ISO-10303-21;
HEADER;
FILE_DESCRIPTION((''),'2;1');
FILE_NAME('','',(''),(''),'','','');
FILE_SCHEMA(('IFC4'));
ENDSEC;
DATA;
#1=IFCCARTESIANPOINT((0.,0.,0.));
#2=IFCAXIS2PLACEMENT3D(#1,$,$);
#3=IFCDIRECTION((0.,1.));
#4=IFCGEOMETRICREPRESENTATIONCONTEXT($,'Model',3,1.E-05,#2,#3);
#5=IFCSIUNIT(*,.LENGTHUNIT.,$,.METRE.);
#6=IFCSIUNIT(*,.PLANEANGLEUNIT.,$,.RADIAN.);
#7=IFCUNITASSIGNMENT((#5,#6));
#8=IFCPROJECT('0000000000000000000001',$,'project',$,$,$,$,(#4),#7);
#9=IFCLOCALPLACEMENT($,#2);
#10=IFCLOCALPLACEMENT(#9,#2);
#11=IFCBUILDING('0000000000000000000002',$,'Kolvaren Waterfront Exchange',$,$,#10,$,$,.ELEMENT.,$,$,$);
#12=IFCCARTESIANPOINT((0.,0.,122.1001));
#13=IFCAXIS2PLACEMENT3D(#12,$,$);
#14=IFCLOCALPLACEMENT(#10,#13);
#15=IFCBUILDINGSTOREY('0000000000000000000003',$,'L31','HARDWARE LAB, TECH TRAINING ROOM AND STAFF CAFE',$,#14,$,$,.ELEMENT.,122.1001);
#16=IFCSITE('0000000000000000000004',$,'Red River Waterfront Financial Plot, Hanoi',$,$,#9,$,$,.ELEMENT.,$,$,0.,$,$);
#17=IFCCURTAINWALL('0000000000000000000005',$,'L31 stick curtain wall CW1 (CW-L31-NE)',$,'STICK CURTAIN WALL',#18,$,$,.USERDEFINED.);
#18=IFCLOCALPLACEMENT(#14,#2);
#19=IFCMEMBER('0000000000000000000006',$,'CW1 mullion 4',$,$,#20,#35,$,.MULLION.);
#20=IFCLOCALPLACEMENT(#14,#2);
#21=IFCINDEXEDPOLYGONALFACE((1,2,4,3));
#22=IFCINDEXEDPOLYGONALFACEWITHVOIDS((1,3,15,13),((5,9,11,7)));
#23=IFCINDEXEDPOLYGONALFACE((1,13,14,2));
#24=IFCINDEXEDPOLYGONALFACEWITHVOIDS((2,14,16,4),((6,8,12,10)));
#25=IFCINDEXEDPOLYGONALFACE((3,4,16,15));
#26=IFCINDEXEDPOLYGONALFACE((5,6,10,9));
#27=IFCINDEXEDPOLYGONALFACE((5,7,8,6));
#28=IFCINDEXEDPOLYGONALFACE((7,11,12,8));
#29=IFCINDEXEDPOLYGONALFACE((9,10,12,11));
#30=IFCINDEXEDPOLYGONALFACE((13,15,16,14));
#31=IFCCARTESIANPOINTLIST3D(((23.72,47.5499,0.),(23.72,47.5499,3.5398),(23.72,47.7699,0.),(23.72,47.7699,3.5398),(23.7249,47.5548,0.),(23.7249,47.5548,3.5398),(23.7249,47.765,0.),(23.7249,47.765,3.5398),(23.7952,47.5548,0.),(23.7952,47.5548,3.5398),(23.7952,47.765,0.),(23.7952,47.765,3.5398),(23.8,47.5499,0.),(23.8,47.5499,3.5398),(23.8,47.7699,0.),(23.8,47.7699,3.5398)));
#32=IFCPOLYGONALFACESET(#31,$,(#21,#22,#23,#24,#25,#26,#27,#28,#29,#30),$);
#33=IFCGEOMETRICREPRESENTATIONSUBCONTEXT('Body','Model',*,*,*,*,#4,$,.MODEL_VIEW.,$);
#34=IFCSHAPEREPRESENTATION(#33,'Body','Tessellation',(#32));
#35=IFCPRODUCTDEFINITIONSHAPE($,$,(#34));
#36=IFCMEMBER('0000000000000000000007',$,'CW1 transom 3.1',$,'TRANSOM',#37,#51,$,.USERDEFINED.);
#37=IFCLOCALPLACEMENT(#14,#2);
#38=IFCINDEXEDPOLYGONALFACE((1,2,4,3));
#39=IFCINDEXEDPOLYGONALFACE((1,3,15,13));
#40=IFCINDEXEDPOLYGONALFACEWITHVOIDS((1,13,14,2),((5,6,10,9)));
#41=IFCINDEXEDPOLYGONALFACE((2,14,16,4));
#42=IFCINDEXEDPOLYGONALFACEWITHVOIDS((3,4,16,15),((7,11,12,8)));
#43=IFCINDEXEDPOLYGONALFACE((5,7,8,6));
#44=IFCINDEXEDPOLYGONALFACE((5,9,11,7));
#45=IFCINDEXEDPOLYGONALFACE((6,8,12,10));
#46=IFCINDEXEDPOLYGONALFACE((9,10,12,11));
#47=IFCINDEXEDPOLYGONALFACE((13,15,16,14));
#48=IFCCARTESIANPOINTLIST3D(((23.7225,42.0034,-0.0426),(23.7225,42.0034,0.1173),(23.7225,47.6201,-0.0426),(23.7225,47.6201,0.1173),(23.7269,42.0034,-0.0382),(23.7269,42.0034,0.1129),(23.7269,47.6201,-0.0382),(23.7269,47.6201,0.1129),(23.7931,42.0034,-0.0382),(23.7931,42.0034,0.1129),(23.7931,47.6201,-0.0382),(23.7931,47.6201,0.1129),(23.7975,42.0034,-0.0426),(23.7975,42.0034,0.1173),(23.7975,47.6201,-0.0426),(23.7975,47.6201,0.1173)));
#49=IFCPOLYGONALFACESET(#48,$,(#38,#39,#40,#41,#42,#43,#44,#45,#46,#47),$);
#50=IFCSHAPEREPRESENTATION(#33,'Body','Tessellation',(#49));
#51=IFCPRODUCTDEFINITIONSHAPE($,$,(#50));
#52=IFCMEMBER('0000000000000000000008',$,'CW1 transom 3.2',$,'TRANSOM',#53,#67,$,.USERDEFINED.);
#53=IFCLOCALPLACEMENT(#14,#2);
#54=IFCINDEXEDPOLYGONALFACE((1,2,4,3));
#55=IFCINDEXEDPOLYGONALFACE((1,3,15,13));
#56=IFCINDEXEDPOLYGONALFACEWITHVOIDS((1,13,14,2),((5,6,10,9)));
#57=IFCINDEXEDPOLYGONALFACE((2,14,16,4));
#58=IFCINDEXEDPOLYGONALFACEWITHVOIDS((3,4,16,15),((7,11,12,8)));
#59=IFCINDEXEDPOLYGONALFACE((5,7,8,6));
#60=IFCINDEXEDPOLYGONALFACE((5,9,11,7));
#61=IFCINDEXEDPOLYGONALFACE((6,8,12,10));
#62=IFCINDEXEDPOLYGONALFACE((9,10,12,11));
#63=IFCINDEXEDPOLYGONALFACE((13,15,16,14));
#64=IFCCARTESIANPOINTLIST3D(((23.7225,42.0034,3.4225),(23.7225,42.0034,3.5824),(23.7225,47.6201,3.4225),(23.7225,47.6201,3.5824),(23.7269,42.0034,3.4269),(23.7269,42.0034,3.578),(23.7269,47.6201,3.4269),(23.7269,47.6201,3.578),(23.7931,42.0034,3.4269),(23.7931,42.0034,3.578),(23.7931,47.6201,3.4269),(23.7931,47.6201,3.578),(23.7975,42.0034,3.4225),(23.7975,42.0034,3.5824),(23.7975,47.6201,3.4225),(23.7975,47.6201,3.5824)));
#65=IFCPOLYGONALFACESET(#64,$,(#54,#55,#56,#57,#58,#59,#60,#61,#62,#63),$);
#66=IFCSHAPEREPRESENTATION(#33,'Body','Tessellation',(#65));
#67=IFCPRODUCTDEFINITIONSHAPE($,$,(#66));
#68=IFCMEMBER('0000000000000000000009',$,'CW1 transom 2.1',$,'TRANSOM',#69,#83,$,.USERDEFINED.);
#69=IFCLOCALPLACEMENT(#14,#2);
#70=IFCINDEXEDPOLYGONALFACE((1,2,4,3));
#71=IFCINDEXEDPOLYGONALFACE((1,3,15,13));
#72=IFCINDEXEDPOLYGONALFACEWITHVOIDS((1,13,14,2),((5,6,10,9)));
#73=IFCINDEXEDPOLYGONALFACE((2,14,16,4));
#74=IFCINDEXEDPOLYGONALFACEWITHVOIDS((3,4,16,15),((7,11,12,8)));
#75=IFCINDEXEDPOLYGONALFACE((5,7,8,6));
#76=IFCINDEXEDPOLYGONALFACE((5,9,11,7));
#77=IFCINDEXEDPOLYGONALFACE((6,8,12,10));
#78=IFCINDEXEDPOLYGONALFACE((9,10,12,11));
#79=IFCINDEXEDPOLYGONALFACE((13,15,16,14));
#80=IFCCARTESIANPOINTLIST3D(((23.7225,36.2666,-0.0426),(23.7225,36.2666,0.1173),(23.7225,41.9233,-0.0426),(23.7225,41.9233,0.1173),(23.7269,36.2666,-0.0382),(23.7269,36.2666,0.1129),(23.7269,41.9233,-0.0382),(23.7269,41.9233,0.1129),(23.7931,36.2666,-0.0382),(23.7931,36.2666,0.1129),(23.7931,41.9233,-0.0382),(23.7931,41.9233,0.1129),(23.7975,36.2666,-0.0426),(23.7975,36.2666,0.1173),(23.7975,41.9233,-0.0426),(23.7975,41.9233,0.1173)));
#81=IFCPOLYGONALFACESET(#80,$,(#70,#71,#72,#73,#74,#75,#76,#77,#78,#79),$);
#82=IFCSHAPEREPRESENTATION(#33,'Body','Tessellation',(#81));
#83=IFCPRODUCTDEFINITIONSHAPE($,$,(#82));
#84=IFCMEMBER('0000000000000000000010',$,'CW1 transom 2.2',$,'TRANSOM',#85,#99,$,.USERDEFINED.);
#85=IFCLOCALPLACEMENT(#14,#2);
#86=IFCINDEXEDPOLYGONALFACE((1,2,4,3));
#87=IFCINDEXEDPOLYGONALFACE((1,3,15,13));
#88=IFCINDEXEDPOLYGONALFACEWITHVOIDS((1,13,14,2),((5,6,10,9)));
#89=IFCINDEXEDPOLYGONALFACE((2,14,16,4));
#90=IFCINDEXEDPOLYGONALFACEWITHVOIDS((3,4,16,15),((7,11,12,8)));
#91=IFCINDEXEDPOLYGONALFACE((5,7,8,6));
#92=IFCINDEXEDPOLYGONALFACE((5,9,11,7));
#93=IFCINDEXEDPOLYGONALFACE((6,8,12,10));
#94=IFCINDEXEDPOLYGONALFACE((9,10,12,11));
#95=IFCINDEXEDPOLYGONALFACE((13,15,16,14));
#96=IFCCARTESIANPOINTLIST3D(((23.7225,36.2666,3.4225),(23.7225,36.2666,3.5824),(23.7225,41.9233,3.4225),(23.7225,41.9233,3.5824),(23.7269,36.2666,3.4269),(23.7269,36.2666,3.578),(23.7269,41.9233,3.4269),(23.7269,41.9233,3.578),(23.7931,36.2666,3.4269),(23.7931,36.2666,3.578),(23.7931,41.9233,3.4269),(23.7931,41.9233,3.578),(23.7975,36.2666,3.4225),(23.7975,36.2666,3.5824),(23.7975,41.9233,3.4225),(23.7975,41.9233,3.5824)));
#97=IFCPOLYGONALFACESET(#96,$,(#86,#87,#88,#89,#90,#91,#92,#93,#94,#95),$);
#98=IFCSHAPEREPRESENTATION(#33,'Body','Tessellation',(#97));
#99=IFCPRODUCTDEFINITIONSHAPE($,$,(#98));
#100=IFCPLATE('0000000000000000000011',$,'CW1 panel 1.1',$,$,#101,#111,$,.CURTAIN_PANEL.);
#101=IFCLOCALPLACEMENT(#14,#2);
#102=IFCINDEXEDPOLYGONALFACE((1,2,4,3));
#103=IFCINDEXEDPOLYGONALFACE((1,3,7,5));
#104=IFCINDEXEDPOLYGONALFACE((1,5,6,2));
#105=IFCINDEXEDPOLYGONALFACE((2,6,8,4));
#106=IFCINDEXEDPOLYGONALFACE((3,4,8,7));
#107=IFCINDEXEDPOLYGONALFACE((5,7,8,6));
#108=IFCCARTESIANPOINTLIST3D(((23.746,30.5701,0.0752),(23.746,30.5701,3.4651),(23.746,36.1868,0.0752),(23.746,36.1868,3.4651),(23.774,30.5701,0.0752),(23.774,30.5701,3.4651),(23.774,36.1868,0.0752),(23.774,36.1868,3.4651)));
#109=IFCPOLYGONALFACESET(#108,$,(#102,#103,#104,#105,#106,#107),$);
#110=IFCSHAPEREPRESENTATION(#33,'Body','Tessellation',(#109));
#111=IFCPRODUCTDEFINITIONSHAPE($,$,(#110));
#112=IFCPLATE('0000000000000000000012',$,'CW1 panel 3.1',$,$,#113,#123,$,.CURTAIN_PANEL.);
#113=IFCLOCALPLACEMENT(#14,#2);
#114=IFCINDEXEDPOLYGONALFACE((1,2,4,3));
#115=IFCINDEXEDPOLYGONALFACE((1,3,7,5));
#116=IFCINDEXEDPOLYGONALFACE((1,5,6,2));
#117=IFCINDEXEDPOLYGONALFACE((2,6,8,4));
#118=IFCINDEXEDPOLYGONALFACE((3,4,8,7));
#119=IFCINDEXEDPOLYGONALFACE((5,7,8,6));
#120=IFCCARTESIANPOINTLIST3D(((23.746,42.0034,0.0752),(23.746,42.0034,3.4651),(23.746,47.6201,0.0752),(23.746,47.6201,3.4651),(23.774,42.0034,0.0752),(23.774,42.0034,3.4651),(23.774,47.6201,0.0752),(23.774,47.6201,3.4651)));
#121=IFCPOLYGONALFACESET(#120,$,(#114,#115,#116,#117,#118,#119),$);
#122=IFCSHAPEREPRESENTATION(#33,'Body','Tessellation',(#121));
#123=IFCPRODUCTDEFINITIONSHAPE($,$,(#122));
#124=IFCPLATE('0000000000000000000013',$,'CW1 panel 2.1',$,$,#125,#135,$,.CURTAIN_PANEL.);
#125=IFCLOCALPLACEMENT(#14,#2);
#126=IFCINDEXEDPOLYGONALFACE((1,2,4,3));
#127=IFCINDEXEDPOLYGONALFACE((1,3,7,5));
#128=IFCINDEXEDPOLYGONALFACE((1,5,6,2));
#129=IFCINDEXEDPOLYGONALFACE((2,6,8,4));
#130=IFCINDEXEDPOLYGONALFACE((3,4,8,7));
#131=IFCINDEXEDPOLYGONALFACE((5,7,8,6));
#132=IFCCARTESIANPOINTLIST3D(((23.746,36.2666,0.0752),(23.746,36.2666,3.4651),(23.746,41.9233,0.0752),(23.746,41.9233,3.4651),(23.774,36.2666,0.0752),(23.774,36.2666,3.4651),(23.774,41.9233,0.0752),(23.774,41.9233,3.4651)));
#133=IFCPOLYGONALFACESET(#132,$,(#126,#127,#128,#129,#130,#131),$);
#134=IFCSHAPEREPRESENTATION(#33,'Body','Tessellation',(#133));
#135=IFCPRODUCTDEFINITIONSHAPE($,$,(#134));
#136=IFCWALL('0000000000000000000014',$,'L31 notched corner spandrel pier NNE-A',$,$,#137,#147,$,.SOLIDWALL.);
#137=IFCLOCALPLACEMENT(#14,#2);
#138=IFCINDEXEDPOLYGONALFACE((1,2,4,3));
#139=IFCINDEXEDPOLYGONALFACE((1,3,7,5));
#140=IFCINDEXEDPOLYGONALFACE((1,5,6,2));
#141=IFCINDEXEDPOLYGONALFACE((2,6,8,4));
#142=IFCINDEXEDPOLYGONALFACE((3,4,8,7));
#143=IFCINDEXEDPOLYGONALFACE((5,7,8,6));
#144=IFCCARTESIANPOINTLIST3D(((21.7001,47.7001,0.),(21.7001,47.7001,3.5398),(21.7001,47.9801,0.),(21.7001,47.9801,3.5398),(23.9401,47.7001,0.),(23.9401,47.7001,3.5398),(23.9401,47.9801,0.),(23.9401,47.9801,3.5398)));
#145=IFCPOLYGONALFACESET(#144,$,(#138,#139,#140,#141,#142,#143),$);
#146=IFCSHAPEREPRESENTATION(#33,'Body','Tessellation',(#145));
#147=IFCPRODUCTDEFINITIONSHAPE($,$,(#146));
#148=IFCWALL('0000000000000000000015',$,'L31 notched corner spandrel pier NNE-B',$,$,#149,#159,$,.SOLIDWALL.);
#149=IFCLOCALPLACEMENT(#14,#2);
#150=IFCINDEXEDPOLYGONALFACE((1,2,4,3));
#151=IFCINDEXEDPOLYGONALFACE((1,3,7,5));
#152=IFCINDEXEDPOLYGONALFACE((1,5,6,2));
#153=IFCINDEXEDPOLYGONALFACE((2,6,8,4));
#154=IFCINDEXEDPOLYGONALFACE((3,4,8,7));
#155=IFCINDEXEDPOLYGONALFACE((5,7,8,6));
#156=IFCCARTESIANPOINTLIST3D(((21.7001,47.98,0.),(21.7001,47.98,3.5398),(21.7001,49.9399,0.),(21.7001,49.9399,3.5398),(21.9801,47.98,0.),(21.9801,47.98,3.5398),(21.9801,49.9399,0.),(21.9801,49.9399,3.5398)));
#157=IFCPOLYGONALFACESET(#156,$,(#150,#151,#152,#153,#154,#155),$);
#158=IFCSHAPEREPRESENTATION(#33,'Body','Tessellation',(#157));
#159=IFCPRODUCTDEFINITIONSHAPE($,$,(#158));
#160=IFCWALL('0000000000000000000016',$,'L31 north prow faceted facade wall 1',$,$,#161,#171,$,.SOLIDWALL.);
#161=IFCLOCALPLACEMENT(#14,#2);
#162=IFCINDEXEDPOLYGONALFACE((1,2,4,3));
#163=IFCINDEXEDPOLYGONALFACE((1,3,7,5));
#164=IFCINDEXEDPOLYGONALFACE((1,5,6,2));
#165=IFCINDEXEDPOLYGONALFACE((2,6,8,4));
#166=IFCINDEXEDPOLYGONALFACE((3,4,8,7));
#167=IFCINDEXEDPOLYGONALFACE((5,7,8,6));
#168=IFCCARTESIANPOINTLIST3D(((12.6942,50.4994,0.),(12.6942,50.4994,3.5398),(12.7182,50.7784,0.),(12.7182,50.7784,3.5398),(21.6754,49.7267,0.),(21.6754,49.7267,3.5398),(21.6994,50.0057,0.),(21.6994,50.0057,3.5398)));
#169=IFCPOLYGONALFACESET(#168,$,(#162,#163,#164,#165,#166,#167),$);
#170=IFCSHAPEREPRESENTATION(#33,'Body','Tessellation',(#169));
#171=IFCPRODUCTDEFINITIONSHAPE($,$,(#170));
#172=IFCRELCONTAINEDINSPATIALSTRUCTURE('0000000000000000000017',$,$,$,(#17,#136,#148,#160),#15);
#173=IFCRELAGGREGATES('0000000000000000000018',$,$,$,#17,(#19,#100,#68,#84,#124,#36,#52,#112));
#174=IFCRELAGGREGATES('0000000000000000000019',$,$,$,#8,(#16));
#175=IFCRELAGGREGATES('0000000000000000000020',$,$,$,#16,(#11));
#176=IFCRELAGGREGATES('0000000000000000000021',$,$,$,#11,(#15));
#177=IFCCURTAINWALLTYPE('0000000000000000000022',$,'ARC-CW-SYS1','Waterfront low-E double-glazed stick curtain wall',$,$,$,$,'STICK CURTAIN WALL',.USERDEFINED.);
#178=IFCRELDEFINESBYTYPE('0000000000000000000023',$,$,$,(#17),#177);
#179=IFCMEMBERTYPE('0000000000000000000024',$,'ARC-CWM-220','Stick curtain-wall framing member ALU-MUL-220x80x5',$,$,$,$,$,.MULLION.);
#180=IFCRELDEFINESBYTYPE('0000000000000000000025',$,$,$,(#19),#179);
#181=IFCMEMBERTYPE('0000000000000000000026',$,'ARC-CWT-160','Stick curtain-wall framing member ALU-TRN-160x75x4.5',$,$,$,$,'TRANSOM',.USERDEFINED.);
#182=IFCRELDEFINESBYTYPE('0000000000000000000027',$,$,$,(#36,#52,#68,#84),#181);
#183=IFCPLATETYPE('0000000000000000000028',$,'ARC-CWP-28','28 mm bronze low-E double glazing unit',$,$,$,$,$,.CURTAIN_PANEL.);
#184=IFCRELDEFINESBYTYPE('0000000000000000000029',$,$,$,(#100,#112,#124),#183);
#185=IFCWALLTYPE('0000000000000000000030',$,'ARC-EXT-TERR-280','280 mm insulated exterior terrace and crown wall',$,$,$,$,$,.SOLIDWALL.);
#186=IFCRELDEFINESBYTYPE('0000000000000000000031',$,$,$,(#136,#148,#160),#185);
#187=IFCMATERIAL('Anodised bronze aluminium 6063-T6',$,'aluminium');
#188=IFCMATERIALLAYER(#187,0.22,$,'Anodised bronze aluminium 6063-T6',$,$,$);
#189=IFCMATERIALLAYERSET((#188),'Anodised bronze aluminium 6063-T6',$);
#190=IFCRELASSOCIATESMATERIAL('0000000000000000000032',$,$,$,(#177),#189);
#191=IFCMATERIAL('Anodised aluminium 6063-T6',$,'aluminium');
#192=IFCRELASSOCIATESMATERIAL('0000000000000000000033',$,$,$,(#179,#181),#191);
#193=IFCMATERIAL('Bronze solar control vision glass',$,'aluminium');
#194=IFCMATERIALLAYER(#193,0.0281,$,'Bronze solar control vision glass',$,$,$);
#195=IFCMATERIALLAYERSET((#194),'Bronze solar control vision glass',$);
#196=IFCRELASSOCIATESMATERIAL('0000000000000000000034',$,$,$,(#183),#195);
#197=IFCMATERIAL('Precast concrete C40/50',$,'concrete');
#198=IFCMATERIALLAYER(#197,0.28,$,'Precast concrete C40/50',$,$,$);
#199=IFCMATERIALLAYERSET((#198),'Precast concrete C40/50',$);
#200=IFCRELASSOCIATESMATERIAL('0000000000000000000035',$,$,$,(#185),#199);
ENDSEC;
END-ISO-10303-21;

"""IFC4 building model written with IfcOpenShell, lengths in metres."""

from ifc_helpers import new_model, si_unit, direction, frame, frame_2d, origin, origin_with_axes, origin_2d, place, context, subcontext, project, spatial, rectangle, hollow_rectangle, extrude, source, transform, mapped, material, layer, layer_set, material_profile, profile_set, type_object, element, aggregate, save


model = new_model("IFC4")

# Units and contexts
model_context = context("Model", 3, precision=1e-05, world=origin(), true_north=direction((0.0, 1.0)))
body_context = subcontext(model_context, "Body", "Model", "MODEL_VIEW")
ifc_project = project(units=[si_unit("LENGTHUNIT", "METRE"), si_unit("PLANEANGLEUNIT", "RADIAN")], contexts=[model_context])

# Site, building, storey
site_placement = place(None, origin())
site = spatial("IfcSite", under=ifc_project, at=site_placement, Name="Red River Waterfront Financial Plot, Hanoi", CompositionType="ELEMENT", RefElevation=0.0)
building_placement = place(site_placement, origin())
building = spatial("IfcBuilding", under=site, at=building_placement, Name="Kolvaren Waterfront Exchange", CompositionType="ELEMENT")
storey_placement = place(building_placement, frame((0.0, 0.0, 122.1001)))
storey = spatial("IfcBuildingStorey", under=building, at=storey_placement, Name="L31", Description="HARDWARE LAB, TECH TRAINING ROOM AND STAFF CAFE", CompositionType="ELEMENT", Elevation=122.1001)

# Curtain wall, members, plates
ifc_material_1 = material(Name="Anodised bronze aluminium 6063-T6", Category="aluminium")
ifc_layer_1 = layer(ifc_material_1, 0.22, Name="Anodised bronze aluminium 6063-T6")
ifc_layer_set_1 = layer_set([ifc_layer_1], Name="Anodised bronze aluminium 6063-T6")
curtain_wall_type = type_object("IfcCurtainWallType", Name="ARC-CW-SYS1", Description="Waterfront low-E double-glazed stick curtain wall", ElementType="STICK CURTAIN WALL", PredefinedType="USERDEFINED", material=ifc_layer_set_1)
curtain_wall_placement = place(storey_placement, origin())
curtain_wall = element("IfcCurtainWall", 1, at=curtain_wall_placement, inside=storey, type_object=curtain_wall_type, Name="L31 stick curtain wall CW1 (CW-L31-NE)", ObjectType="STICK CURTAIN WALL", PredefinedType="USERDEFINED")
ifc_material_2 = material(Name="Anodised aluminium 6063-T6", Category="aluminium")
ifc_material_profile_1 = material_profile(ifc_material_2, hollow_rectangle(XDim=0.0801, YDim=0.22, WallThickness=0.0049, at=origin_2d()), Name="ALU-MUL-220x80x5")
ifc_profile_set_1 = profile_set([ifc_material_profile_1], Name="Anodised aluminium 6063-T6")
member_type_1 = type_object("IfcMemberType", Name="ARC-CWM-220", Description="Stick curtain-wall framing member ALU-MUL-220x80x5", PredefinedType="MULLION", material=ifc_profile_set_1)
shared_shape_1 = source(origin_with_axes(), body_context, "Body", "SweptSolid", [
    extrude(hollow_rectangle(XDim=0.0801, YDim=0.22, WallThickness=0.0049, at=origin_2d()), origin(), (0.0, 0.0, 1.0), 3.5398),
])
member_1_placement = place(storey_placement, frame((23.76, 47.6599, 0.0), z_axis=(0.0, 0.0, 1.0), x_axis=(-1.0, 0.0, 0.0)))
member_1 = element("IfcMember", 2, at=member_1_placement, type_object=member_type_1, Name="CW1 mullion 4", PredefinedType="MULLION", context=body_context, shape_type="MappedRepresentation", body=[
    mapped(shared_shape_1, transform((0.0, 0.0, 0.0), x_axis=(1.0, 0.0, 0.0), y_axis=(0.0, 1.0, 0.0), z_axis=(0.0, 0.0, 1.0), scale=1.0)),
])
ifc_material_profile_2 = material_profile(ifc_material_2, hollow_rectangle(XDim=0.075, YDim=0.1599, WallThickness=0.0044, at=origin_2d()), Name="ALU-TRN-160x75x4.5")
ifc_profile_set_2 = profile_set([ifc_material_profile_2], Name="Anodised aluminium 6063-T6")
member_type_2 = type_object("IfcMemberType", Name="ARC-CWT-160", Description="Stick curtain-wall framing member ALU-TRN-160x75x4.5", ElementType="TRANSOM", PredefinedType="USERDEFINED", material=ifc_profile_set_2)
shared_shape_2 = source(origin_with_axes(), body_context, "Body", "SweptSolid", [
    extrude(hollow_rectangle(XDim=0.075, YDim=0.1599, WallThickness=0.0044, at=origin_2d()), origin(), (0.0, 0.0, 1.0), 5.6167),
])
member_2_placement = place(storey_placement, frame((23.76, 42.0034, 0.0374), z_axis=(0.0, 1.0, 0.0), x_axis=(-1.0, 0.0, 0.0)))
member_2 = element("IfcMember", 3, at=member_2_placement, type_object=member_type_2, Name="CW1 transom 3.1", ObjectType="TRANSOM", PredefinedType="USERDEFINED", context=body_context, shape_type="MappedRepresentation", body=[
    mapped(shared_shape_2, transform((0.0, 0.0, 0.0), x_axis=(1.0, 0.0, 0.0), y_axis=(0.0, 1.0, 0.0), z_axis=(0.0, 0.0, 1.0), scale=1.0)),
])
member_3_placement = place(storey_placement, frame((23.76, 42.0034, 3.5024), z_axis=(0.0, 1.0, 0.0), x_axis=(-1.0, 0.0, 0.0)))
member_3 = element("IfcMember", 4, at=member_3_placement, type_object=member_type_2, Name="CW1 transom 3.2", ObjectType="TRANSOM", PredefinedType="USERDEFINED", context=body_context, shape_type="MappedRepresentation", body=[
    mapped(shared_shape_2, transform((0.0, 0.0, 0.0), x_axis=(1.0, 0.0, 0.0), y_axis=(0.0, 1.0, 0.0), z_axis=(0.0, 0.0, 1.0), scale=1.0)),
])
shared_shape_3 = source(origin_with_axes(), body_context, "Body", "SweptSolid", [
    extrude(hollow_rectangle(XDim=0.075, YDim=0.1599, WallThickness=0.0044, at=origin_2d()), origin(), (0.0, 0.0, 1.0), 5.6567),
])
member_4_placement = place(storey_placement, frame((23.76, 36.2666, 0.0374), z_axis=(0.0, 1.0, 0.0), x_axis=(-1.0, 0.0, 0.0)))
member_4 = element("IfcMember", 5, at=member_4_placement, type_object=member_type_2, Name="CW1 transom 2.1", ObjectType="TRANSOM", PredefinedType="USERDEFINED", context=body_context, shape_type="MappedRepresentation", body=[
    mapped(shared_shape_3, transform((0.0, 0.0, 0.0), x_axis=(1.0, 0.0, 0.0), y_axis=(0.0, 1.0, 0.0), z_axis=(0.0, 0.0, 1.0), scale=1.0)),
])
member_5_placement = place(storey_placement, frame((23.76, 36.2666, 3.5024), z_axis=(0.0, 1.0, 0.0), x_axis=(-1.0, 0.0, 0.0)))
member_5 = element("IfcMember", 6, at=member_5_placement, type_object=member_type_2, Name="CW1 transom 2.2", ObjectType="TRANSOM", PredefinedType="USERDEFINED", context=body_context, shape_type="MappedRepresentation", body=[
    mapped(shared_shape_3, transform((0.0, 0.0, 0.0), x_axis=(1.0, 0.0, 0.0), y_axis=(0.0, 1.0, 0.0), z_axis=(0.0, 0.0, 1.0), scale=1.0)),
])
ifc_material_3 = material(Name="Bronze solar control vision glass", Category="aluminium")
ifc_layer_2 = layer(ifc_material_3, 0.0281, Name="Bronze solar control vision glass")
ifc_layer_set_2 = layer_set([ifc_layer_2], Name="Bronze solar control vision glass")
plate_type = type_object("IfcPlateType", Name="ARC-CWP-28", Description="28 mm bronze low-E double glazing unit", PredefinedType="CURTAIN_PANEL", material=ifc_layer_set_2)
shared_shape_4 = source(origin_with_axes(), body_context, "Body", "SweptSolid", [
    extrude(rectangle(XDim=5.6167, YDim=0.0281, at=origin_2d()), origin(), (0.0, 0.0, 1.0), 3.3899),
])
plate_1_placement = place(storey_placement, frame((23.76, 33.3784, 0.0752), z_axis=(0.0, 0.0, 1.0), x_axis=(0.0, 1.0, 0.0)))
plate_1 = element("IfcPlate", 7, at=plate_1_placement, type_object=plate_type, Name="CW1 panel 1.1", PredefinedType="CURTAIN_PANEL", context=body_context, shape_type="MappedRepresentation", body=[
    mapped(shared_shape_4, transform((0.0, 0.0, 0.0), x_axis=(1.0, 0.0, 0.0), y_axis=(0.0, 1.0, 0.0), z_axis=(0.0, 0.0, 1.0), scale=1.0)),
])
plate_2_placement = place(storey_placement, frame((23.76, 44.8118, 0.0752), z_axis=(0.0, 0.0, 1.0), x_axis=(0.0, 1.0, 0.0)))
plate_2 = element("IfcPlate", 8, at=plate_2_placement, type_object=plate_type, Name="CW1 panel 3.1", PredefinedType="CURTAIN_PANEL", context=body_context, shape_type="MappedRepresentation", body=[
    mapped(shared_shape_4, transform((0.0, 0.0, 0.0), x_axis=(1.0, 0.0, 0.0), y_axis=(0.0, 1.0, 0.0), z_axis=(0.0, 0.0, 1.0), scale=1.0)),
])
shared_shape_5 = source(origin_with_axes(), body_context, "Body", "SweptSolid", [
    extrude(rectangle(XDim=5.6567, YDim=0.0281, at=origin_2d()), origin(), (0.0, 0.0, 1.0), 3.3899),
])
plate_3_placement = place(storey_placement, frame((23.76, 39.095, 0.0752), z_axis=(0.0, 0.0, 1.0), x_axis=(0.0, 1.0, 0.0)))
plate_3 = element("IfcPlate", 9, at=plate_3_placement, type_object=plate_type, Name="CW1 panel 2.1", PredefinedType="CURTAIN_PANEL", context=body_context, shape_type="MappedRepresentation", body=[
    mapped(shared_shape_5, transform((0.0, 0.0, 0.0), x_axis=(1.0, 0.0, 0.0), y_axis=(0.0, 1.0, 0.0), z_axis=(0.0, 0.0, 1.0), scale=1.0)),
])
aggregate(curtain_wall, [member_1, plate_1, member_4, member_5, plate_3, member_2, member_3, plate_2])

# Walls
ifc_material_4 = material(Name="Precast concrete C40/50", Category="concrete")
ifc_layer_3 = layer(ifc_material_4, 0.28, Name="Precast concrete C40/50")
ifc_layer_set_3 = layer_set([ifc_layer_3], Name="Precast concrete C40/50")
wall_type = type_object("IfcWallType", Name="ARC-EXT-TERR-280", Description="280 mm insulated exterior terrace and crown wall", PredefinedType="SOLIDWALL", material=ifc_layer_set_3)
wall_1_placement = place(storey_placement, frame((21.7, 47.8401, 0.0), z_axis=(0.0, 0.0, 1.0), x_axis=(1.0, 0.0, 0.0)))
element("IfcWall", 10, at=wall_1_placement, inside=storey, type_object=wall_type, Name="L31 notched corner spandrel pier NNE-A", PredefinedType="SOLIDWALL", context=body_context, shape_type="SweptSolid", body=[
    extrude(rectangle(XDim=2.24, YDim=0.28, at=frame_2d((1.1201, 0.0))), origin(), (0.0, 0.0, 1.0), 3.5398),
])
wall_2_placement = place(storey_placement, frame((21.8401, 47.98, 0.0), z_axis=(0.0, 0.0, 1.0), x_axis=(0.0, 1.0, 0.0)))
element("IfcWall", 11, at=wall_2_placement, inside=storey, type_object=wall_type, Name="L31 notched corner spandrel pier NNE-B", PredefinedType="SOLIDWALL", context=body_context, shape_type="SweptSolid", body=[
    extrude(rectangle(XDim=1.96, YDim=0.28, at=frame_2d((0.98, 0.0))), origin(), (0.0, 0.0, 1.0), 3.5398),
])
wall_3_placement = place(storey_placement, frame((21.6875, 49.8662, 0.0), z_axis=(0.0, 0.0, 1.0), x_axis=(-0.996319, 0.085719, 0.0)))
element("IfcWall", 12, at=wall_3_placement, inside=storey, type_object=wall_type, Name="L31 north prow faceted facade wall 1", PredefinedType="SOLIDWALL", context=body_context, shape_type="SweptSolid", body=[
    extrude(rectangle(XDim=9.0144, YDim=0.28, at=frame_2d((4.5073, 0.0))), origin(), (0.0, 0.0, 1.0), 3.5398),
])

save(model, "model.ifc")
